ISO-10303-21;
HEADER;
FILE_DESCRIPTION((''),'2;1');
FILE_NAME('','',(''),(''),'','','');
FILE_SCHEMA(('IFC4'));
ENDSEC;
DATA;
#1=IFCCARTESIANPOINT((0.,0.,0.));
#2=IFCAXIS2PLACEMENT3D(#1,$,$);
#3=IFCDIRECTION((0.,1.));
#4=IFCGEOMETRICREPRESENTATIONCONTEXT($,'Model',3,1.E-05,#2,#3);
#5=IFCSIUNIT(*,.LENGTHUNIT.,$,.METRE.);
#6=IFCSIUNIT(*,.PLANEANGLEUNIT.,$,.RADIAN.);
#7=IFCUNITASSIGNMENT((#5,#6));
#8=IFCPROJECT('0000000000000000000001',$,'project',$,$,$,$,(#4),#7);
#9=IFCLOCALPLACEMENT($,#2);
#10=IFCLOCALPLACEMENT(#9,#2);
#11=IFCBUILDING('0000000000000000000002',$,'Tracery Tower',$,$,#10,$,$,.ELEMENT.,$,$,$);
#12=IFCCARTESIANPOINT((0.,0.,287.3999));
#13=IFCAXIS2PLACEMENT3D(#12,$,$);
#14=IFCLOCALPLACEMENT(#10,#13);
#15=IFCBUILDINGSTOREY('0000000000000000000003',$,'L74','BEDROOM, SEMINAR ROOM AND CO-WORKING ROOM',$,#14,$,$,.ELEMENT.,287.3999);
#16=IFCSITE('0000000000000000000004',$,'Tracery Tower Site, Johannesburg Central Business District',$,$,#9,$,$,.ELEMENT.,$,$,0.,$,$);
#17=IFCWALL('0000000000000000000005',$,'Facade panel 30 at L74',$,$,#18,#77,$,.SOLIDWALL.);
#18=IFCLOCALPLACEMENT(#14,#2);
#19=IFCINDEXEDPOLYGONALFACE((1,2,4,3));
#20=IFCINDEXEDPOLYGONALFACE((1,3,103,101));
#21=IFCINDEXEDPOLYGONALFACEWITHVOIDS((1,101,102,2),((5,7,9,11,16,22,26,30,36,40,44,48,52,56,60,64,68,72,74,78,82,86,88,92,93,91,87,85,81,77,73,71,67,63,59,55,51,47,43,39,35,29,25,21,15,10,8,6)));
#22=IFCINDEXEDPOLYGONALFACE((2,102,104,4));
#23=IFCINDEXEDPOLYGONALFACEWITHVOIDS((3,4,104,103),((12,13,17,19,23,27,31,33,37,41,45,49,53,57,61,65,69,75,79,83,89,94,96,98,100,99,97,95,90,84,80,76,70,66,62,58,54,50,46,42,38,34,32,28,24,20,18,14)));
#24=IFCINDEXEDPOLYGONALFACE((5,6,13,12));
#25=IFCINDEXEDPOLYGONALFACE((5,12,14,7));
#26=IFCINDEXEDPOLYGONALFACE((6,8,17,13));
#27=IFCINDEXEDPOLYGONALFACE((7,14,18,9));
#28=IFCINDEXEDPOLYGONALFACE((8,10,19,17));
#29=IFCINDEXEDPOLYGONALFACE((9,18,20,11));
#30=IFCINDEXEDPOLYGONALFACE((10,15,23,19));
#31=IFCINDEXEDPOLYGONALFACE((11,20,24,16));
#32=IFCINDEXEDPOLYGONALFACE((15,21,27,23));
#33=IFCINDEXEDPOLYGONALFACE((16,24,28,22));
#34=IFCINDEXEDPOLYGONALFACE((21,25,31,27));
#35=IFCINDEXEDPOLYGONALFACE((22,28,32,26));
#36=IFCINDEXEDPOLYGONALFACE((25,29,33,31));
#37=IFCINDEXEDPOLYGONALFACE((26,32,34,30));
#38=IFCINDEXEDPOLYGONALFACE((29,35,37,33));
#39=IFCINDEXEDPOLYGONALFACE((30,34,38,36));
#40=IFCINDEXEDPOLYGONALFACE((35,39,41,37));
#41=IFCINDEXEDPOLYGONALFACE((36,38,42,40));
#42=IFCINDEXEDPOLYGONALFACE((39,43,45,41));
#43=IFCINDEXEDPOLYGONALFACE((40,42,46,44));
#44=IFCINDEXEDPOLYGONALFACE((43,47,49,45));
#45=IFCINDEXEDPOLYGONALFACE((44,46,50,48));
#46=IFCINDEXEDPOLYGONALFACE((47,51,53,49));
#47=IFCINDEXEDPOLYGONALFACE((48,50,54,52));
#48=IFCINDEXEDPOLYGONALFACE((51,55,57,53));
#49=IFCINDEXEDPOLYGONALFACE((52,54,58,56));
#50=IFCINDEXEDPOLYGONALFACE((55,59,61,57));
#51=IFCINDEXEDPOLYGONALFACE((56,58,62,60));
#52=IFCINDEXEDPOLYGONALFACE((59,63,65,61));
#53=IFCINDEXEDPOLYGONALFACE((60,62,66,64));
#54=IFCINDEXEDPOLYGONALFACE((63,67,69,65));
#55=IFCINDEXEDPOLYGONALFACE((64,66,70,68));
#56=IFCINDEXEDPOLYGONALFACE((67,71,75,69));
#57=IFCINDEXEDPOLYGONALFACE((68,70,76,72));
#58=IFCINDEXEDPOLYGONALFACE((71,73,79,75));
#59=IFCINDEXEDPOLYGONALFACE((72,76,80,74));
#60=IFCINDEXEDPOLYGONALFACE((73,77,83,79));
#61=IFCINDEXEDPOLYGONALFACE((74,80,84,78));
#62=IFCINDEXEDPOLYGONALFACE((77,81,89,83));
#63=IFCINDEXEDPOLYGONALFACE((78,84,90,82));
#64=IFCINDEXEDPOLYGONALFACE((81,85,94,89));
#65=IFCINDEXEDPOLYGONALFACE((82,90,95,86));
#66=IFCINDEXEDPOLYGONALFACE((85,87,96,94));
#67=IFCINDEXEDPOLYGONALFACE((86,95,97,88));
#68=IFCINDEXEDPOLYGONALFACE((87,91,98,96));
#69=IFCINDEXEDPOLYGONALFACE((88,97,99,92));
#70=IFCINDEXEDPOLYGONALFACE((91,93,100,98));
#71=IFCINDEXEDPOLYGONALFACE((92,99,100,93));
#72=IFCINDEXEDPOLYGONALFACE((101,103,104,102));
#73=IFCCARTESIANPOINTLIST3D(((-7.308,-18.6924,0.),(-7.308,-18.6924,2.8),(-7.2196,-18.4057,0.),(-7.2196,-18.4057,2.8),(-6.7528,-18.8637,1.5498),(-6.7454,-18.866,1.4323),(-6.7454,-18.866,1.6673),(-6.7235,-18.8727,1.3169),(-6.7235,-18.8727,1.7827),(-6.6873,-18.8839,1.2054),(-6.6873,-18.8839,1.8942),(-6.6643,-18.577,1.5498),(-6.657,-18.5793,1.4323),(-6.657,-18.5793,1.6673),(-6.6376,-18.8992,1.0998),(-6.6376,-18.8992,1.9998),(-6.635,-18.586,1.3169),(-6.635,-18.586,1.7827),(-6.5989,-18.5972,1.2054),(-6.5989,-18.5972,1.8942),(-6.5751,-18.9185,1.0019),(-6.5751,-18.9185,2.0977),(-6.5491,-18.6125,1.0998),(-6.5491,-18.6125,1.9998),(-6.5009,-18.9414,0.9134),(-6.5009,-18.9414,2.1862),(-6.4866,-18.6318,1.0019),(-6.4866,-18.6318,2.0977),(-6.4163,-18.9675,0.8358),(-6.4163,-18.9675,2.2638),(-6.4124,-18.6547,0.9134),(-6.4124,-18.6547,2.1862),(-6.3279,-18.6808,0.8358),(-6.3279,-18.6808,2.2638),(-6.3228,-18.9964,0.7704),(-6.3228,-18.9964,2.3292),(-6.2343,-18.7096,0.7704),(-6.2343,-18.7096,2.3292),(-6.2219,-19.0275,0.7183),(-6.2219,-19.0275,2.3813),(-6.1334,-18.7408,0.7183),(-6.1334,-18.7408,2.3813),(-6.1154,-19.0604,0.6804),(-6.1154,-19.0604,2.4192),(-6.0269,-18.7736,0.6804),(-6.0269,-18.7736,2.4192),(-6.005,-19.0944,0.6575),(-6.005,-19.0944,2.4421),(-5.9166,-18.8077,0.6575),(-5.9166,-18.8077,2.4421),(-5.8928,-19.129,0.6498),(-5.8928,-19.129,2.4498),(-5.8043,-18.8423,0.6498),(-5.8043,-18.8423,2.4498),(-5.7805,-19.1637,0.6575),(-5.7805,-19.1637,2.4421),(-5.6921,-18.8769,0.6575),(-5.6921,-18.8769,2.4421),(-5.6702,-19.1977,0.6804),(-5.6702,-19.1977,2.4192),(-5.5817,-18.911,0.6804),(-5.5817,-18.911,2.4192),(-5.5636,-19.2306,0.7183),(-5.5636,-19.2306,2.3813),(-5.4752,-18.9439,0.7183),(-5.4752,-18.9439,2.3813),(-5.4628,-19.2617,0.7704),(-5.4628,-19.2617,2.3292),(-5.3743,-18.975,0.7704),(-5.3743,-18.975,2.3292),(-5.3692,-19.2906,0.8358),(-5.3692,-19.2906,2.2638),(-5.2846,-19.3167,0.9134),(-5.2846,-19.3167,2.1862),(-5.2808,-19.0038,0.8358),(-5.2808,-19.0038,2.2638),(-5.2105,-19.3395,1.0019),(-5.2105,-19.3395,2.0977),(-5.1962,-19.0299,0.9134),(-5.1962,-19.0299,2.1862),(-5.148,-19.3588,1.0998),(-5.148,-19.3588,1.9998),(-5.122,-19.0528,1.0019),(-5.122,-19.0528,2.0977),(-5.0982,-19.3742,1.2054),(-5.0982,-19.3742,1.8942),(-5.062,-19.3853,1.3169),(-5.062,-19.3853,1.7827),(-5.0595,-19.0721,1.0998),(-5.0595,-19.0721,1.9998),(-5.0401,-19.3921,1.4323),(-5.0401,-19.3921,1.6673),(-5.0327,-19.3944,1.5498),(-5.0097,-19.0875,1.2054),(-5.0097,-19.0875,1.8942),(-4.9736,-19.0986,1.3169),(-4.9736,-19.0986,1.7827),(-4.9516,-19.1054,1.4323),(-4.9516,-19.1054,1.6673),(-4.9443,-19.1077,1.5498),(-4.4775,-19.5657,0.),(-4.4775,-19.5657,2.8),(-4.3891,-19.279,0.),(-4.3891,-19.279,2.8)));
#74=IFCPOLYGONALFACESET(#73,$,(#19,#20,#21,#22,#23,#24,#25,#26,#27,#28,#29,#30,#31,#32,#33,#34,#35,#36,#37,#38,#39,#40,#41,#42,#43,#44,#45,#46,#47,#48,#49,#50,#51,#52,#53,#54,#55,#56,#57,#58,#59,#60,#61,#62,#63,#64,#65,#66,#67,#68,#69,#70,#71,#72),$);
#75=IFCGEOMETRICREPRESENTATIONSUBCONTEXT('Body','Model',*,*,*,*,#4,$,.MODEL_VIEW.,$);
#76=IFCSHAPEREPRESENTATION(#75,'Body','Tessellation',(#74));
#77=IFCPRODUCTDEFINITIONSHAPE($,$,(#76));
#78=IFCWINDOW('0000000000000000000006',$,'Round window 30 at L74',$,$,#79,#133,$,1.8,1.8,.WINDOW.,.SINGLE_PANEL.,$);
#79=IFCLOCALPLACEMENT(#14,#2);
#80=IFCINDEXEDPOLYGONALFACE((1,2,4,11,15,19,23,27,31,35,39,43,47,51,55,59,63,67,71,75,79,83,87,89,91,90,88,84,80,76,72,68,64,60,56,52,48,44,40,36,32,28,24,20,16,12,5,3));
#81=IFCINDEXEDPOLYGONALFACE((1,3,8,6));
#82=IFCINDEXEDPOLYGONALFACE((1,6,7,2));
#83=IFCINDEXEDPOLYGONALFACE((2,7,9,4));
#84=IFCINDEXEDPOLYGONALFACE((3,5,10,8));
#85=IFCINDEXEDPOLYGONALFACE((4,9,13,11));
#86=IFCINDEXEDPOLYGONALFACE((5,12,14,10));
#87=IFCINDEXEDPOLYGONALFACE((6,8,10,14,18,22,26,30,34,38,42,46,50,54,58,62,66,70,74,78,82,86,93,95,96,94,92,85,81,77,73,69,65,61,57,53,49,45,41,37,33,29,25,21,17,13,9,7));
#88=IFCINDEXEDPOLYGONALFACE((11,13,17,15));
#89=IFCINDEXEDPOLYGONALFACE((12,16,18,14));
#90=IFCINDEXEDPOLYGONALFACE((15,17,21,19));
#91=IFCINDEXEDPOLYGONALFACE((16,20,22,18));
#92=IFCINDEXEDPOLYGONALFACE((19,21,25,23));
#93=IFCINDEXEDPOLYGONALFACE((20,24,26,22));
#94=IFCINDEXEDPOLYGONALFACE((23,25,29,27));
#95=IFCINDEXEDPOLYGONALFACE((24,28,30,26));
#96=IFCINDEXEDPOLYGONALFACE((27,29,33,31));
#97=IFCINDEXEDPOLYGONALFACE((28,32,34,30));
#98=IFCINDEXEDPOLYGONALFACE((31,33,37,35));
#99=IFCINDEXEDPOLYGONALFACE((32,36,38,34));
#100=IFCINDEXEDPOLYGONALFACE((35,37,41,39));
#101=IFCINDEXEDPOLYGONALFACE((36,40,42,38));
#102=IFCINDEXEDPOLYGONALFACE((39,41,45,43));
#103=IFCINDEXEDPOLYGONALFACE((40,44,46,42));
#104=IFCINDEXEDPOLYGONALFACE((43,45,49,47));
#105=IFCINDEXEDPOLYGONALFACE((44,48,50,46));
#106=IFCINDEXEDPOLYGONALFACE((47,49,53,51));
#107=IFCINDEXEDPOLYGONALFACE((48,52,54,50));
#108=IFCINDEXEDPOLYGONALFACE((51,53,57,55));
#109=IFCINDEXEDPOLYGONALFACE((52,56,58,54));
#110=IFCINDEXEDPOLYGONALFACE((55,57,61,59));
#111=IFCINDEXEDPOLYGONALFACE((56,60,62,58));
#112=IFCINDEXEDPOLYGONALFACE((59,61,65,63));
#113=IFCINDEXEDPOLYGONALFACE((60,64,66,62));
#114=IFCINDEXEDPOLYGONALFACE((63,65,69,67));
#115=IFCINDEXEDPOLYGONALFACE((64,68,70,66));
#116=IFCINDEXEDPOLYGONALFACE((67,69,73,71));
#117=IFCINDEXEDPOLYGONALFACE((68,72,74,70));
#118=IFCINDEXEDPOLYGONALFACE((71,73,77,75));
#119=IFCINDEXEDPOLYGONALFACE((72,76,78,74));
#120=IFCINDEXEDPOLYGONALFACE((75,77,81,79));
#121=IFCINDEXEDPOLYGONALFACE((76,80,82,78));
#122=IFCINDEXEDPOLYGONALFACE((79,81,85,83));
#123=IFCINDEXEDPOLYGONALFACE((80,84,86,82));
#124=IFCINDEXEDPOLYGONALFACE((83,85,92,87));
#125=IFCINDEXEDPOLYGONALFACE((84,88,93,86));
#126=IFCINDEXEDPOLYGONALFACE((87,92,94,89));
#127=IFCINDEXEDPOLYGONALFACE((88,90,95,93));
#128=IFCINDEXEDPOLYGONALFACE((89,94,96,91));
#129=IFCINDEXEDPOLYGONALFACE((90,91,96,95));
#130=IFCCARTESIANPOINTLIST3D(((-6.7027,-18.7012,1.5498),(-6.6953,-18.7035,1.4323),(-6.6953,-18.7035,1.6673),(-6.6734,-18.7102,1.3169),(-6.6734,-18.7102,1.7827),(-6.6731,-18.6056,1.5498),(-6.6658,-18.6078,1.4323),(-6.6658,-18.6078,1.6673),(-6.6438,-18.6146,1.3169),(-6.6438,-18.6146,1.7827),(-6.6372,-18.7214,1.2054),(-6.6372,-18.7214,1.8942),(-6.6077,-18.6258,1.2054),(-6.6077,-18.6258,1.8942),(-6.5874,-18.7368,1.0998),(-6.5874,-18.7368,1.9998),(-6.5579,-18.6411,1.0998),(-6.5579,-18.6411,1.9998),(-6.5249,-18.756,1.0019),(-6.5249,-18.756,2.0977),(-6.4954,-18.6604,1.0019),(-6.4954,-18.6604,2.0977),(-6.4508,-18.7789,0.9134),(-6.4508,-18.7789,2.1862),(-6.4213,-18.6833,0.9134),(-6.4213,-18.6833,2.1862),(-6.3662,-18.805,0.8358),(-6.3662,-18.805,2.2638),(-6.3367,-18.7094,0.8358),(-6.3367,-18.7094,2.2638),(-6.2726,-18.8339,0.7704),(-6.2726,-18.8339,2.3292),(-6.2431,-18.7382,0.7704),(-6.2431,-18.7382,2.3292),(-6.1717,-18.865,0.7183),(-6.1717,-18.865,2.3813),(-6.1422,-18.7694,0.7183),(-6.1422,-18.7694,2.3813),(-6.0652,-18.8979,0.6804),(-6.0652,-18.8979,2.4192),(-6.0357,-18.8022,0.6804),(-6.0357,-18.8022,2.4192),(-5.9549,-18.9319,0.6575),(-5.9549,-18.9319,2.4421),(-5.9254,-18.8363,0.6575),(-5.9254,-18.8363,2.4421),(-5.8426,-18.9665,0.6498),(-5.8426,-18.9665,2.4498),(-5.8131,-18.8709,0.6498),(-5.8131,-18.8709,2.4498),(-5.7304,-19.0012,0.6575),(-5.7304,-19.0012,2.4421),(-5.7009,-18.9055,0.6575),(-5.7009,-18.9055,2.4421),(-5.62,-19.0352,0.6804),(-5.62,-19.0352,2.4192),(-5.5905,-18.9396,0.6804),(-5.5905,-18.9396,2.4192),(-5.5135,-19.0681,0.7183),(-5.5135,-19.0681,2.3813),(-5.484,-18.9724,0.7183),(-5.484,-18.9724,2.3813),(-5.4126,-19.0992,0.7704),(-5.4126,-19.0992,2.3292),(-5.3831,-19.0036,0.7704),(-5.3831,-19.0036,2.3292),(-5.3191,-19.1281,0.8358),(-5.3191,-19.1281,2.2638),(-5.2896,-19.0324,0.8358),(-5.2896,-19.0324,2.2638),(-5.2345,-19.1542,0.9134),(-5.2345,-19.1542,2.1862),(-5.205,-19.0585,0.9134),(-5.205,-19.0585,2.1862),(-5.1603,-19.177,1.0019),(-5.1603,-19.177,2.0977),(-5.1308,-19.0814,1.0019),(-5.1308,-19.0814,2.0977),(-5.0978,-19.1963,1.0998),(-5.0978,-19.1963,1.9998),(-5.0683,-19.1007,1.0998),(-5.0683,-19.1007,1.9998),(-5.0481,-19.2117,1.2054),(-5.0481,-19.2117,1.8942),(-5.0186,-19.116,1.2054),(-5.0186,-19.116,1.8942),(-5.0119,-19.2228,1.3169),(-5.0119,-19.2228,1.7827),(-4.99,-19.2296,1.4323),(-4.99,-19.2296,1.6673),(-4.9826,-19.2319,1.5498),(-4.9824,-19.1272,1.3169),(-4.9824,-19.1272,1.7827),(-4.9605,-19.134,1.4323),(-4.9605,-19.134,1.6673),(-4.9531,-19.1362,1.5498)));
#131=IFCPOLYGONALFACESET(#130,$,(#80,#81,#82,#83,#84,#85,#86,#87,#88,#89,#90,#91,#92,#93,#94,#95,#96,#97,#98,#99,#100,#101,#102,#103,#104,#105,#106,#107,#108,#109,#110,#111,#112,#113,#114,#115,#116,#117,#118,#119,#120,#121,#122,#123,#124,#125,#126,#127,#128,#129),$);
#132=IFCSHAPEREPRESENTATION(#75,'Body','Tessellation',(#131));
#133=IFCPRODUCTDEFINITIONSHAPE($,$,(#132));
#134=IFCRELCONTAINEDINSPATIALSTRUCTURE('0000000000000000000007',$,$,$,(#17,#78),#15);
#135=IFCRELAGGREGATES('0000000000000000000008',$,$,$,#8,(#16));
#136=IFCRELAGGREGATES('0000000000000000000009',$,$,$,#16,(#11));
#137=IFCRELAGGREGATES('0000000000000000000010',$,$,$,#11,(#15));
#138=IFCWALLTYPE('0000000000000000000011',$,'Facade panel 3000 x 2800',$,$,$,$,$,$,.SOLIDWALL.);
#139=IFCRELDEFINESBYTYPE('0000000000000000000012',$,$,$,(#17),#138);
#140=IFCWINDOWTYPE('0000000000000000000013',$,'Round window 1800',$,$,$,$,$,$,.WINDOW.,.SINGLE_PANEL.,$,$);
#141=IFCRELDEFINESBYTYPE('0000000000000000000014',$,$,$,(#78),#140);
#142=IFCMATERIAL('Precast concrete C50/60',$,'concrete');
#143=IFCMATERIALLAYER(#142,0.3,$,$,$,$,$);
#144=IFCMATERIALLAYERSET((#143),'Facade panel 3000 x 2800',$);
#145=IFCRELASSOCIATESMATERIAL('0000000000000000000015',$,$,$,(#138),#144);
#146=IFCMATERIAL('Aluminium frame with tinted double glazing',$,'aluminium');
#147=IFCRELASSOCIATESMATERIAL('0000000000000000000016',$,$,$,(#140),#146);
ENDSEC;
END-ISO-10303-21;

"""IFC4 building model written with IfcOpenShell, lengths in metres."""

from ifc_helpers import new_model, si_unit, direction, frame, frame_2d, origin, origin_2d, place, context, subcontext, project, spatial, rectangle, circle, extrude, material, layer, layer_set, type_object, element, fill, save


model = new_model("IFC4")

# Units and contexts
model_context = context("Model", 3, precision=1e-05, world=origin(), true_north=direction((0.0, 1.0)))
body_context = subcontext(model_context, "Body", "Model", "MODEL_VIEW")
ifc_project = project(units=[si_unit("LENGTHUNIT", "METRE"), si_unit("PLANEANGLEUNIT", "RADIAN")], contexts=[model_context])

# Site, building, storey
site_placement = place(None, origin())
site = spatial("IfcSite", under=ifc_project, at=site_placement, Name="Tracery Tower Site, Johannesburg Central Business District", CompositionType="ELEMENT", RefElevation=0.0)
building_placement = place(site_placement, origin())
building = spatial("IfcBuilding", under=site, at=building_placement, Name="Tracery Tower", CompositionType="ELEMENT")
storey_placement = place(building_placement, frame((0.0, 0.0, 287.3999)))
storey = spatial("IfcBuildingStorey", under=building, at=storey_placement, Name="L74", Description="BEDROOM, SEMINAR ROOM AND CO-WORKING ROOM", CompositionType="ELEMENT", Elevation=287.3999)

# Wall, opening, window
ifc_material_1 = material(Name="Precast concrete C50/60", Category="concrete")
ifc_layer_1 = layer(ifc_material_1, 0.3)
ifc_layer_set_1 = layer_set([ifc_layer_1], Name="Facade panel 3000 x 2800")
wall_type_1 = type_object("IfcWallType", Name="Facade panel 3000 x 2800", PredefinedType="SOLIDWALL", material=ifc_layer_set_1)
wall_1_placement = place(storey_placement, frame((-7.2637, -18.5491, 0.0), z_axis=(0.0, 0.0, 1.0), x_axis=(0.955556, -0.29481, 0.0)))
wall_1 = element("IfcWall", 1, at=wall_1_placement, inside=storey, type_object=wall_type_1, Name="Facade panel 30 at L74", PredefinedType="SOLIDWALL", context=body_context, shape_type="SweptSolid", body=[
    extrude(rectangle(XDim=2.9622, YDim=0.3, at=frame_2d((1.481, 0.0))), origin(), (0.0, 0.0, 1.0), 2.8),
])
opening_1_placement = place(wall_1_placement, frame((1.481, 0.0, 1.5498)))
opening_1 = element("IfcOpeningElement", 2, at=opening_1_placement, cuts=wall_1, PredefinedType="OPENING", context=body_context, shape_type="SweptSolid", body=[
    extrude(circle(Radius=0.9, at=origin_2d()), frame((0.0, 0.1599, 0.0), z_axis=(0.0, -1.0, 0.0), x_axis=(1.0, 0.0, 0.0)), (0.0, 0.0, 1.0), 0.3201),
])
ifc_material_2 = material(Name="Aluminium frame with tinted double glazing", Category="aluminium")
window_type = type_object("IfcWindowType", Name="Round window 1800", PartitioningType="SINGLE_PANEL", PredefinedType="WINDOW", material=ifc_material_2)
window_1_placement = place(opening_1_placement, origin())
window_1 = element("IfcWindow", 3, at=window_1_placement, inside=storey, type_object=window_type, Name="Round window 30 at L74", OverallHeight=1.8, OverallWidth=1.8, PartitioningType="SINGLE_PANEL", PredefinedType="WINDOW", context=body_context, shape_type="SweptSolid", body=[
    extrude(circle(Radius=0.9, at=origin_2d()), frame((0.0, 0.1201, 0.0), z_axis=(0.0, -1.0, 0.0), x_axis=(1.0, 0.0, 0.0)), (0.0, 0.0, 1.0), 0.1001),
])
fill(opening_1, window_1)

save(model, "model.ifc")
